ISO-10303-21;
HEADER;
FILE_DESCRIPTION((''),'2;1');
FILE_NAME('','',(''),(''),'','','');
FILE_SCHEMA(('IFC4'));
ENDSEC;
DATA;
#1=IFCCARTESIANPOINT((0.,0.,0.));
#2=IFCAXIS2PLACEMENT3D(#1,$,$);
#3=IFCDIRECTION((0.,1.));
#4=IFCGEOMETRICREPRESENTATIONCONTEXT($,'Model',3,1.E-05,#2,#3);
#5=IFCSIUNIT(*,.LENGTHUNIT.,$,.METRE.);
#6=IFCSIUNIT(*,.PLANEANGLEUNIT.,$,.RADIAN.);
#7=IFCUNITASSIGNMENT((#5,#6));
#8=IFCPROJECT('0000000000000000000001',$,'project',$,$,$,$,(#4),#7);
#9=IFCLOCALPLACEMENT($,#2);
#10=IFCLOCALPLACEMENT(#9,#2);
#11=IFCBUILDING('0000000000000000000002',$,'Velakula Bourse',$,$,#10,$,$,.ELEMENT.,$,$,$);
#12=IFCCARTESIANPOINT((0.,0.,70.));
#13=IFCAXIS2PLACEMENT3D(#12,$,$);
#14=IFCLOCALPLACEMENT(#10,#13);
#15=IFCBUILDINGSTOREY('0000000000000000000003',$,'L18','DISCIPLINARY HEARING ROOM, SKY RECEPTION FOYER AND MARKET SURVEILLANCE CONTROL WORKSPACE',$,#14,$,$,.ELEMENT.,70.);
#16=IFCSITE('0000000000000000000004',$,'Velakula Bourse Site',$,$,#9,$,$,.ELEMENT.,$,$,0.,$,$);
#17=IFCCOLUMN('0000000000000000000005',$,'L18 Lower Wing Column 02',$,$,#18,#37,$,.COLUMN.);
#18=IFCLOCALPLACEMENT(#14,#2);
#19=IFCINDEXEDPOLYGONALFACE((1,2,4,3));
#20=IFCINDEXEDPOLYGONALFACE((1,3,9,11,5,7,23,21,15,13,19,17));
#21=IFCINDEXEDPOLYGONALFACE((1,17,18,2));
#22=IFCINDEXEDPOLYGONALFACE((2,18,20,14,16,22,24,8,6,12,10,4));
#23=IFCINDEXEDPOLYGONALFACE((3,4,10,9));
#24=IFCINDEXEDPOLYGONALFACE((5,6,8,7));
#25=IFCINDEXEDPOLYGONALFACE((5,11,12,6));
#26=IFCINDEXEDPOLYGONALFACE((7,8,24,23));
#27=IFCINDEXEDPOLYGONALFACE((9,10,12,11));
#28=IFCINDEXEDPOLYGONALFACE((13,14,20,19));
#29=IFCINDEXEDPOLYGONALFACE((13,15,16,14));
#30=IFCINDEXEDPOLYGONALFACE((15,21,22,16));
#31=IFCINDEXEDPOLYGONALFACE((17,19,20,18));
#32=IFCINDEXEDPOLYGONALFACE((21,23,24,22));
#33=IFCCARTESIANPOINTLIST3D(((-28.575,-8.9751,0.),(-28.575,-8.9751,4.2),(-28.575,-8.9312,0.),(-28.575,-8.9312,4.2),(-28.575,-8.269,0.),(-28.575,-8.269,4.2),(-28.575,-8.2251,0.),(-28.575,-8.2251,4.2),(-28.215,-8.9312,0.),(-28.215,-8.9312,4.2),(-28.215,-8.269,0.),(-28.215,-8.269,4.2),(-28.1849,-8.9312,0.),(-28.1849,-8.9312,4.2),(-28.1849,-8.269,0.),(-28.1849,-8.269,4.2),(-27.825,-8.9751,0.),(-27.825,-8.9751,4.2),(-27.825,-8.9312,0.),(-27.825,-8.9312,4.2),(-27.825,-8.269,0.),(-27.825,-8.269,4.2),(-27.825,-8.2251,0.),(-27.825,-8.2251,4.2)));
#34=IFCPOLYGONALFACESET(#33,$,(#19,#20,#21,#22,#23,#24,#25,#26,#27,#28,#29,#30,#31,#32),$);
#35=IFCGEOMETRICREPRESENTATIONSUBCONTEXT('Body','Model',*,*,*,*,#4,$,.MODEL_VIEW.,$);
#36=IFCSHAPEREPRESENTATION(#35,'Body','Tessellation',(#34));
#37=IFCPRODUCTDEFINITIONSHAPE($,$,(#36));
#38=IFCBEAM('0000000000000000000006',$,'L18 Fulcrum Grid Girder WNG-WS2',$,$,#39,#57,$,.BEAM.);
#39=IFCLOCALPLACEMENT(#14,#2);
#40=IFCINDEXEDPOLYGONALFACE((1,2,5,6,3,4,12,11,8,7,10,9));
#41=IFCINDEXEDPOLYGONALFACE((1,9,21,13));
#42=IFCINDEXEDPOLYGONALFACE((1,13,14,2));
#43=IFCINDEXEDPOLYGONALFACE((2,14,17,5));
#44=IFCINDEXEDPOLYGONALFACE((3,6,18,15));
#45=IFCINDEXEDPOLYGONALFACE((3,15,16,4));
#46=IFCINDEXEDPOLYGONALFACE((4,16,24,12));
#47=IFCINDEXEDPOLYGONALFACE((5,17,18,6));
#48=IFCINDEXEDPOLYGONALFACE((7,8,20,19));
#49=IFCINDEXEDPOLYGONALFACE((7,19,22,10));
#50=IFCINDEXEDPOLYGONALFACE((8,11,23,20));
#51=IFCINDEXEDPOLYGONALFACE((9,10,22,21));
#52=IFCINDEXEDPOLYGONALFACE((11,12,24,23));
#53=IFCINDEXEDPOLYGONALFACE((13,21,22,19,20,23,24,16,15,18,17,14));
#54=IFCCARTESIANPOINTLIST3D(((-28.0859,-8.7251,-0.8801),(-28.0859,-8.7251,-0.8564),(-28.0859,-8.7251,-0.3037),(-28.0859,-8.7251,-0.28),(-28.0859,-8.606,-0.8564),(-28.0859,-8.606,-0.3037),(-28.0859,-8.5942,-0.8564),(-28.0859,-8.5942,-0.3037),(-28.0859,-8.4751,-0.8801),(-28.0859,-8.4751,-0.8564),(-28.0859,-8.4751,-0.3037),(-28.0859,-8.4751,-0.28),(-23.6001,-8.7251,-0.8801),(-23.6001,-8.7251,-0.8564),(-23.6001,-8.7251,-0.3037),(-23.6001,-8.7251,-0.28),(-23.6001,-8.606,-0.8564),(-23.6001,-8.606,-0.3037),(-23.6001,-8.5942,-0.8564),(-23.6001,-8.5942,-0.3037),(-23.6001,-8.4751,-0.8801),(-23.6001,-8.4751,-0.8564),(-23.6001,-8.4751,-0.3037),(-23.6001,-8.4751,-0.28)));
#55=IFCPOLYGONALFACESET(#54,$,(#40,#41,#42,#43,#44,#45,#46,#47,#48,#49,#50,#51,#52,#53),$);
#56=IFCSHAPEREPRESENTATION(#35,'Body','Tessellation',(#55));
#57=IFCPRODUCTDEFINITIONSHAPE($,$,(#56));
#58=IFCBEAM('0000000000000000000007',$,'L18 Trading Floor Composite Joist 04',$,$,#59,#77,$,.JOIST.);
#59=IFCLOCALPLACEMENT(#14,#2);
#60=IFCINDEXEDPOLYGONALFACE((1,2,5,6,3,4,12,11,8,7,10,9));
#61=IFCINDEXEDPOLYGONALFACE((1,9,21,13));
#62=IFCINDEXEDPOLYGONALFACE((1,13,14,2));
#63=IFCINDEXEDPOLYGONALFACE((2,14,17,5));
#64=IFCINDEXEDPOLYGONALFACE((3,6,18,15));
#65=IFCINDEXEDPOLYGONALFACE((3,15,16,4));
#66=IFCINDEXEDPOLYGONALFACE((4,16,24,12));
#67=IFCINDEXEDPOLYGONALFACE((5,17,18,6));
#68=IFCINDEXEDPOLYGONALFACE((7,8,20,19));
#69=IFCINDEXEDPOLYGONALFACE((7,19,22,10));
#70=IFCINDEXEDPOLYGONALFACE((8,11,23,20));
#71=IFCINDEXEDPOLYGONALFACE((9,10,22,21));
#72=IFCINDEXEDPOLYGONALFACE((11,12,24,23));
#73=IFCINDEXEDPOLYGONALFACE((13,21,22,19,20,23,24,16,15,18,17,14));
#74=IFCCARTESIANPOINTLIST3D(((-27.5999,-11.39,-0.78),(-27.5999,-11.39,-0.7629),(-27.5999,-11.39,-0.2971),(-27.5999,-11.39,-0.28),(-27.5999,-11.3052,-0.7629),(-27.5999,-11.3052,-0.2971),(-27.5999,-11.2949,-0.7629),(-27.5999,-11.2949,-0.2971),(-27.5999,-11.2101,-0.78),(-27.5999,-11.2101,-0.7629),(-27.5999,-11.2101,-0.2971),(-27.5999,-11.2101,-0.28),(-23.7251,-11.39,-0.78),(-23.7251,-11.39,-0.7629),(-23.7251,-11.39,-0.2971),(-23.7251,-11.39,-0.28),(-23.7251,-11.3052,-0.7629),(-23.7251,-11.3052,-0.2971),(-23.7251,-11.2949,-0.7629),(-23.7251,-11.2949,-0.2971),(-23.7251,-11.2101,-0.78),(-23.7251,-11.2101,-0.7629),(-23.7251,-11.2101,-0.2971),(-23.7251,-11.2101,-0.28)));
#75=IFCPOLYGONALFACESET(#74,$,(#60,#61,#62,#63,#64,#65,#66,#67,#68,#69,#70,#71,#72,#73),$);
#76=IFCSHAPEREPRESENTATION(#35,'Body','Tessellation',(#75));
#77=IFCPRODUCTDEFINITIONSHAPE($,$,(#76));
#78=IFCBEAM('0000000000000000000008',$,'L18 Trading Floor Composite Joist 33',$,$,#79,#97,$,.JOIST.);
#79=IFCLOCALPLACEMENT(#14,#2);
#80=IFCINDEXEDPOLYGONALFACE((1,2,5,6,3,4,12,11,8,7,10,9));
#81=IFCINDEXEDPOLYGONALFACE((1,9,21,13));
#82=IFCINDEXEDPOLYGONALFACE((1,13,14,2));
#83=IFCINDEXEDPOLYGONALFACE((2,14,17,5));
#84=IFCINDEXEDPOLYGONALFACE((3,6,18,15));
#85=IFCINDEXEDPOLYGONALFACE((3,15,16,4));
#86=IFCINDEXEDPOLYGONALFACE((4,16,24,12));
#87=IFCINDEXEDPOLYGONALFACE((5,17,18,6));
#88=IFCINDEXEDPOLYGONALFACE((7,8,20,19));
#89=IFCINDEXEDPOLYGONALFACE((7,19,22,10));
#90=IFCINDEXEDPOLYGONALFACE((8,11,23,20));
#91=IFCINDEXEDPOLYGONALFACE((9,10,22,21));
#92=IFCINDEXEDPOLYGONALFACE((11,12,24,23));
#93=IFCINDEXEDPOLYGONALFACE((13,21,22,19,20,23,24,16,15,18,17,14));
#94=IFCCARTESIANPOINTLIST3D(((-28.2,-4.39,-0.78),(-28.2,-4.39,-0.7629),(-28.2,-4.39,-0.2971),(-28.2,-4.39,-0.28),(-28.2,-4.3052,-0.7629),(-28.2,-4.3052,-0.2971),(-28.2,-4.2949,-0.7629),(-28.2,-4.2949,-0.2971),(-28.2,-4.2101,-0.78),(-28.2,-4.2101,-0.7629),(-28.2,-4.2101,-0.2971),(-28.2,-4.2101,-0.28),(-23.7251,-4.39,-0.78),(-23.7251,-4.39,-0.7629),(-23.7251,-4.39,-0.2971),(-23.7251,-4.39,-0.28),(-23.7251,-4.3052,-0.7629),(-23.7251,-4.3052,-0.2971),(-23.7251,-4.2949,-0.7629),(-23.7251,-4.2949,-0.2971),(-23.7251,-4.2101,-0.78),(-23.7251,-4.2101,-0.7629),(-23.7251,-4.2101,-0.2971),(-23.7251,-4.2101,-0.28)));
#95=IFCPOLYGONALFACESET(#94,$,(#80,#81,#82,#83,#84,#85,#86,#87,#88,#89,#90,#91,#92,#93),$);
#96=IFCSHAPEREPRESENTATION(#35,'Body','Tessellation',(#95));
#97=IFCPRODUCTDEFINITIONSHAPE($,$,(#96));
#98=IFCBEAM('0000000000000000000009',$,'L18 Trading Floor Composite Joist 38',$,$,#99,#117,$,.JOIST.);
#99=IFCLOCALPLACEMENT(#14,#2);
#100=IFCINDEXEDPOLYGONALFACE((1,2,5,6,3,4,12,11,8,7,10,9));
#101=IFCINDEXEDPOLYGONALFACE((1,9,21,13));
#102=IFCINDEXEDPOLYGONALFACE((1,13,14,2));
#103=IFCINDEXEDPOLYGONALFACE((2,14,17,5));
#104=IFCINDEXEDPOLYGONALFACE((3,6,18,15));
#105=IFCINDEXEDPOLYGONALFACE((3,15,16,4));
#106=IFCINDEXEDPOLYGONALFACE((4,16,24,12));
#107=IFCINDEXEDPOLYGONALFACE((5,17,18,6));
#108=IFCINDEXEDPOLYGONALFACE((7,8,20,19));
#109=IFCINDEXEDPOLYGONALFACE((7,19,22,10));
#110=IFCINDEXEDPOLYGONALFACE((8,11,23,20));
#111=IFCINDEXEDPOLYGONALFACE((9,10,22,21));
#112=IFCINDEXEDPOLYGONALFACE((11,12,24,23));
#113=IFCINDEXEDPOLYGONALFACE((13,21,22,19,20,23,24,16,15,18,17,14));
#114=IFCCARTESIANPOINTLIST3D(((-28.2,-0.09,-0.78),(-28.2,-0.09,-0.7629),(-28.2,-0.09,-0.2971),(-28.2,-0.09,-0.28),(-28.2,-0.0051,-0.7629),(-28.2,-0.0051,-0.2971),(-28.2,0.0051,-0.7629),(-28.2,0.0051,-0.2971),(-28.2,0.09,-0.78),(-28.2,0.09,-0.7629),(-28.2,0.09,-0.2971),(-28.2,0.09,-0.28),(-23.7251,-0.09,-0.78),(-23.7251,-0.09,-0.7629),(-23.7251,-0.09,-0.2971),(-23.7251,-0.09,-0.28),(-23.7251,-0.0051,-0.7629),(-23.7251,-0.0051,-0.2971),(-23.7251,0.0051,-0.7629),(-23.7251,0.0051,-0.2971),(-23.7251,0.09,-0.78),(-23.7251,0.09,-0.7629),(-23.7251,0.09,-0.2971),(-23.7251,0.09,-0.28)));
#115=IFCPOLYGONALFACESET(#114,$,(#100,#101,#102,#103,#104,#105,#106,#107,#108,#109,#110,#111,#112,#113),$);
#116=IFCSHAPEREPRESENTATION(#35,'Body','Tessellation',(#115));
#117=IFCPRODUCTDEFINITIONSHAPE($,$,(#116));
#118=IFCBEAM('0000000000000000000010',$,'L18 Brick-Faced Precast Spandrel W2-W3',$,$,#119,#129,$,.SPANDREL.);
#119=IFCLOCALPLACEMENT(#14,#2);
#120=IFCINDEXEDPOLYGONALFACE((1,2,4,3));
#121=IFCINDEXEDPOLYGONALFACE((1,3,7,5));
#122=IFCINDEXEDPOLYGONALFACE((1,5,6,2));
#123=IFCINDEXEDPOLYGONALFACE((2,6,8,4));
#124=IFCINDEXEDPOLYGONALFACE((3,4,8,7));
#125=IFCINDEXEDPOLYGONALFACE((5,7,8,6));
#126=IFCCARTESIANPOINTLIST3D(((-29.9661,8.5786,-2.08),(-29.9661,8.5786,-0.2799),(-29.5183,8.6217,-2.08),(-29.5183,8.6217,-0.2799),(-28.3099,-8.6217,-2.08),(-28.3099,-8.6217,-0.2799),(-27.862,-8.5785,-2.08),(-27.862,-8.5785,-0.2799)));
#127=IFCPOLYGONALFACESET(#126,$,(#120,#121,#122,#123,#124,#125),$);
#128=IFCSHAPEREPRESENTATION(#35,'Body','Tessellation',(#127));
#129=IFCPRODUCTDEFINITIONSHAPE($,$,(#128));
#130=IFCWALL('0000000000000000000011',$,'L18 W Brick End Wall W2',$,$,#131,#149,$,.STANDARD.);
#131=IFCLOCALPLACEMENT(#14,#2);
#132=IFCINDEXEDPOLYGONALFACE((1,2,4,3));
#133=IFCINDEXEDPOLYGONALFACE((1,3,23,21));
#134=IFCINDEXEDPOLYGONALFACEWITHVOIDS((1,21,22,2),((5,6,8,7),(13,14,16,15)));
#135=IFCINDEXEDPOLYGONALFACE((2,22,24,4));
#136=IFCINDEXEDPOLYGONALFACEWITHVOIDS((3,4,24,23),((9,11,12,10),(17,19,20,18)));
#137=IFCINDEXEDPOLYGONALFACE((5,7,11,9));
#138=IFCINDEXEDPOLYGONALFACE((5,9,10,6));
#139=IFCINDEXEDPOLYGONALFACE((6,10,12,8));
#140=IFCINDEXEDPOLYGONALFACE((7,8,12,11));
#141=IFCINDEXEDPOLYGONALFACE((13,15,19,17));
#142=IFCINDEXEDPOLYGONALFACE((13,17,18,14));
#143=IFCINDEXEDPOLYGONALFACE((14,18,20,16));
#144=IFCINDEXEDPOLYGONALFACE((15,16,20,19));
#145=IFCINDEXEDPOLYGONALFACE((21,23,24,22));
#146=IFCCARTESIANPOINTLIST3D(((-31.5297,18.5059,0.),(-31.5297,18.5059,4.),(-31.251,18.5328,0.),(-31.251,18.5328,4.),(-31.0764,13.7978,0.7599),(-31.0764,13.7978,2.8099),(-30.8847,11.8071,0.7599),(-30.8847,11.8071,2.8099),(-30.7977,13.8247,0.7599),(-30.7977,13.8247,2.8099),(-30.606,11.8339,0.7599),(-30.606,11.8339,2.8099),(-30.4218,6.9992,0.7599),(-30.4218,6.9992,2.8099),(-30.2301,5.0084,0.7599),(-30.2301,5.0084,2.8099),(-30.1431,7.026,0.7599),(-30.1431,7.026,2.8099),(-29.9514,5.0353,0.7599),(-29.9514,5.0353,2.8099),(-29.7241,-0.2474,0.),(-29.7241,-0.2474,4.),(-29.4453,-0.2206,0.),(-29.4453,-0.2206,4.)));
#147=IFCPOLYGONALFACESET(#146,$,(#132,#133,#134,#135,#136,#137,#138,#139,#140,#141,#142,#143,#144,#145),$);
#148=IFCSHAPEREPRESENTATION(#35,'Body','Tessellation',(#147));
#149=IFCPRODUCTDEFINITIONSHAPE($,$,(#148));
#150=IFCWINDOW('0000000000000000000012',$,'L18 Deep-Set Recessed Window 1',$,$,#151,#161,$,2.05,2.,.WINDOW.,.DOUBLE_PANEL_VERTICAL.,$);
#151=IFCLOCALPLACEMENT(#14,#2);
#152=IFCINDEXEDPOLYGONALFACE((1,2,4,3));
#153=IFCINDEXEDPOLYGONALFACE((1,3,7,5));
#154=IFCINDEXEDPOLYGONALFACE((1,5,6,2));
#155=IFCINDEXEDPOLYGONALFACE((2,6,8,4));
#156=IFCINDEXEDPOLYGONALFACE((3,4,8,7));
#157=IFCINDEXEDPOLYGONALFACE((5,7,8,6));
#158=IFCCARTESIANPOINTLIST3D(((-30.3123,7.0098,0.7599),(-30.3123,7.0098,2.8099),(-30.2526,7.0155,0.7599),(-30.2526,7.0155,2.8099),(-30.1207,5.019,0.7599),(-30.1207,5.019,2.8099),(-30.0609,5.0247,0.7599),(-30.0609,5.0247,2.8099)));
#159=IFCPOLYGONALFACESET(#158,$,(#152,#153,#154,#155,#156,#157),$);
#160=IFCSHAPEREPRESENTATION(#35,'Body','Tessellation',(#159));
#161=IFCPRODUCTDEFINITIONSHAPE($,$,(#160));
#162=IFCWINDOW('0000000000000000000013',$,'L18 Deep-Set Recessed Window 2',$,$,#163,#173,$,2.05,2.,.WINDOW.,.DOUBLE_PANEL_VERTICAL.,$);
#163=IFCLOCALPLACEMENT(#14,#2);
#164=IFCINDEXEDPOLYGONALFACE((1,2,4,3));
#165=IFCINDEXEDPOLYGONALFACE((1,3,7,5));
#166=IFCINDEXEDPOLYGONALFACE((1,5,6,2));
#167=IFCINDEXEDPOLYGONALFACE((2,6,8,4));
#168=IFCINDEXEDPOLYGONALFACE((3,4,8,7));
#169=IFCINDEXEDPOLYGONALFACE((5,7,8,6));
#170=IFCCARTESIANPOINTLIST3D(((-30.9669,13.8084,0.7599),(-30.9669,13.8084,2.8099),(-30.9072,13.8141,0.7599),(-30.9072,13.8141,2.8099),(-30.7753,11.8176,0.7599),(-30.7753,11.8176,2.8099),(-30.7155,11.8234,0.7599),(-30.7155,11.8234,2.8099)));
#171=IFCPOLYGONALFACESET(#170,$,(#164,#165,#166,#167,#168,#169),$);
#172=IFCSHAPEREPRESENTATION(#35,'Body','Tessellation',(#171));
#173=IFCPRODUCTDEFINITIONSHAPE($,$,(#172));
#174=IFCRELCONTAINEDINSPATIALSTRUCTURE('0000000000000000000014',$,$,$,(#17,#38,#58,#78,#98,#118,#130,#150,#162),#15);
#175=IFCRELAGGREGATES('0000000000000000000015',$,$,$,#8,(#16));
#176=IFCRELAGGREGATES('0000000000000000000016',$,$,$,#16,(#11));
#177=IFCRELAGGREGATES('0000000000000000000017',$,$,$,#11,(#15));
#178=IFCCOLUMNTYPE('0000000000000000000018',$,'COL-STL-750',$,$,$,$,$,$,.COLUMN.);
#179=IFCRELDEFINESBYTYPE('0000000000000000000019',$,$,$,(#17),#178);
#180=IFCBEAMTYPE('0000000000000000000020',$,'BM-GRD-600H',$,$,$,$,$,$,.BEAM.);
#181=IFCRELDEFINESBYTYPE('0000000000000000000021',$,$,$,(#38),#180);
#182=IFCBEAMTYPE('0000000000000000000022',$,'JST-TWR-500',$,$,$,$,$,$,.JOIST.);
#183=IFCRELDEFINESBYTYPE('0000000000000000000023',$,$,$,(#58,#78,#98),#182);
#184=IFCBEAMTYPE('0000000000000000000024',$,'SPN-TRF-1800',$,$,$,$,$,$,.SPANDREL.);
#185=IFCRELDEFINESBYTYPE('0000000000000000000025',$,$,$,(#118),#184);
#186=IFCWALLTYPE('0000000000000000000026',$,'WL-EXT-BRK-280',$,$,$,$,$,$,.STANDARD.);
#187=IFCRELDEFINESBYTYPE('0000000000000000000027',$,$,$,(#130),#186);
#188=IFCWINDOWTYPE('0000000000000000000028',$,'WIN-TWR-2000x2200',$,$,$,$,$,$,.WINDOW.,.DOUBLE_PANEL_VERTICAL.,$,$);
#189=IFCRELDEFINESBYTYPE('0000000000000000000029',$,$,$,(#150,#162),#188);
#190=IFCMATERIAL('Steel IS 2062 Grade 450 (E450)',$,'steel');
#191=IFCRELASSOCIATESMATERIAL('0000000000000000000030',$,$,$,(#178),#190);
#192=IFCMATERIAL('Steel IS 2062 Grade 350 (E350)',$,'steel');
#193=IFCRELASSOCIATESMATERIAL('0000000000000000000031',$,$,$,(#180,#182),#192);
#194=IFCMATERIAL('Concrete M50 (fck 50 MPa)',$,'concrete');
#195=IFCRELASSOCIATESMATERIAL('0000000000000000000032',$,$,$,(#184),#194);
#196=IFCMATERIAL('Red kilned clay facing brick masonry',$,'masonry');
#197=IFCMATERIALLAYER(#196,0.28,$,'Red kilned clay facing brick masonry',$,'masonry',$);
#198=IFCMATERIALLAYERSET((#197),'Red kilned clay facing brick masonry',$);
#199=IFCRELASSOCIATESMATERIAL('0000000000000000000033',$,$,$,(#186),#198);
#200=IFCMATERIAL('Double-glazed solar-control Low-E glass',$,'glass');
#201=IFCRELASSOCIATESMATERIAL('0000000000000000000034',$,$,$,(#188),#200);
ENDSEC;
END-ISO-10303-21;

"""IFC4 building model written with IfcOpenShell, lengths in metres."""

from ifc_helpers import new_model, si_unit, direction, frame, frame_2d, origin, origin_2d, place, context, subcontext, project, spatial, rectangle, i_section, extrude, material, layer, layer_set, material_profile, profile_set, type_object, element, fill, save


model = new_model("IFC4")

# Units and contexts
model_context = context("Model", 3, precision=1e-05, world=origin(), true_north=direction((0.0, 1.0)))
body_context = subcontext(model_context, "Body", "Model", "MODEL_VIEW")
ifc_project = project(units=[si_unit("LENGTHUNIT", "METRE"), si_unit("PLANEANGLEUNIT", "RADIAN")], contexts=[model_context])

# Site, building, storey
site_placement = place(None, origin())
site = spatial("IfcSite", under=ifc_project, at=site_placement, Name="Velakula Bourse Site", CompositionType="ELEMENT", RefElevation=0.0)
building_placement = place(site_placement, origin())
building = spatial("IfcBuilding", under=site, at=building_placement, Name="Velakula Bourse", CompositionType="ELEMENT")
storey_placement = place(building_placement, frame((0.0, 0.0, 70.0)))
storey = spatial("IfcBuildingStorey", under=building, at=storey_placement, Name="L18", Description="DISCIPLINARY HEARING ROOM, SKY RECEPTION FOYER AND MARKET SURVEILLANCE CONTROL WORKSPACE", CompositionType="ELEMENT", Elevation=70.0)

# Column
ifc_material_1 = material(Name="Steel IS 2062 Grade 450 (E450)", Category="steel")
ifc_material_profile_1 = material_profile(ifc_material_1, i_section(OverallWidth=0.75, OverallDepth=0.75, WebThickness=0.03, FlangeThickness=0.0439, at=origin_2d()), Name="Steel IS 2062 Grade 450 (E450)")
ifc_profile_set_1 = profile_set([ifc_material_profile_1], Name="Steel IS 2062 Grade 450 (E450)")
column_type = type_object("IfcColumnType", Name="COL-STL-750", PredefinedType="COLUMN", material=ifc_profile_set_1)
column_placement = place(storey_placement, frame((-28.2, -8.6001, 0.0), z_axis=(0.0, 0.0, 1.0), x_axis=(1.0, 0.0, 0.0)))
element("IfcColumn", 1, at=column_placement, inside=storey, type_object=column_type, Name="L18 Lower Wing Column 02", PredefinedType="COLUMN", context=body_context, shape_type="SweptSolid", body=[
    extrude(i_section(OverallWidth=0.75, OverallDepth=0.75, WebThickness=0.03, FlangeThickness=0.0439, at=origin_2d()), origin(), (0.0, 0.0, 1.0), 4.2),
])

# Beams
ifc_material_2 = material(Name="Steel IS 2062 Grade 350 (E350)", Category="steel")
ifc_material_profile_2 = material_profile(ifc_material_2, i_section(OverallWidth=0.25, OverallDepth=0.6001, WebThickness=0.0117, FlangeThickness=0.0237, at=origin_2d()), Name="Steel IS 2062 Grade 350 (E350)")
ifc_profile_set_2 = profile_set([ifc_material_profile_2], Name="Steel IS 2062 Grade 350 (E350)")
beam_type_1 = type_object("IfcBeamType", Name="BM-GRD-600H", PredefinedType="BEAM", material=ifc_profile_set_2)
beam_1_placement = place(storey_placement, frame((-28.0859, -8.6001, -0.5801), z_axis=(1.0, 0.0, 0.0), x_axis=(0.0, 1.0, 0.0)))
element("IfcBeam", 2, at=beam_1_placement, inside=storey, type_object=beam_type_1, Name="L18 Fulcrum Grid Girder WNG-WS2", PredefinedType="BEAM", context=body_context, shape_type="SweptSolid", body=[
    extrude(i_section(OverallWidth=0.25, OverallDepth=0.6001, WebThickness=0.0117, FlangeThickness=0.0237, at=origin_2d()), origin(), (0.0, 0.0, 1.0), 4.4858),
])
ifc_material_profile_3 = material_profile(ifc_material_2, i_section(OverallWidth=0.1799, OverallDepth=0.5, WebThickness=0.0103, FlangeThickness=0.0171, at=origin_2d()), Name="Steel IS 2062 Grade 350 (E350)")
ifc_profile_set_3 = profile_set([ifc_material_profile_3], Name="Steel IS 2062 Grade 350 (E350)")
beam_type_2 = type_object("IfcBeamType", Name="JST-TWR-500", PredefinedType="JOIST", material=ifc_profile_set_3)
beam_2_placement = place(storey_placement, frame((-27.5999, -11.3, -0.53), z_axis=(1.0, 0.0, 0.0), x_axis=(0.0, 1.0, 0.0)))
element("IfcBeam", 3, at=beam_2_placement, inside=storey, type_object=beam_type_2, Name="L18 Trading Floor Composite Joist 04", PredefinedType="JOIST", context=body_context, shape_type="SweptSolid", body=[
    extrude(i_section(OverallWidth=0.1799, OverallDepth=0.5, WebThickness=0.0103, FlangeThickness=0.0171, at=origin_2d()), origin(), (0.0, 0.0, 1.0), 3.8748),
])
for number, where, z_axis, x_axis, name in (
    (4, (-28.2, -4.3, -0.53), (1.0, 0.0, 0.0), (0.0, 1.0, 0.0), "L18 Trading Floor Composite Joist 33"),
    (5, (-28.2, 0.0, -0.53), (1.0, 0.0, 0.0), (0.0, 1.0, 0.0), "L18 Trading Floor Composite Joist 38"),
):
    element("IfcBeam", number, at=place(storey_placement, frame(where, z_axis=z_axis, x_axis=x_axis)), inside=storey, type_object=beam_type_2, Name=name, PredefinedType="JOIST", context=body_context, shape_type="SweptSolid", body=[
        extrude(i_section(OverallWidth=0.1799, OverallDepth=0.5, WebThickness=0.0103, FlangeThickness=0.0171, at=origin_2d()), origin(), (0.0, 0.0, 1.0), 4.4749),
    ])
ifc_material_3 = material(Name="Concrete M50 (fck 50 MPa)", Category="concrete")
ifc_material_profile_4 = material_profile(ifc_material_3, rectangle(XDim=0.45, YDim=1.8, at=origin_2d()), Name="Concrete M50 (fck 50 MPa)")
ifc_profile_set_4 = profile_set([ifc_material_profile_4], Name="Concrete M50 (fck 50 MPa)")
beam_type_3 = type_object("IfcBeamType", Name="SPN-TRF-1800", PredefinedType="SPANDREL", material=ifc_profile_set_4)
beam_3_placement = place(storey_placement, frame((-28.0859, -8.6001, -1.1799), z_axis=(-0.095849, 0.995396, 0.0), x_axis=(-0.995396, -0.095849, 0.0)))
element("IfcBeam", 6, at=beam_3_placement, inside=storey, type_object=beam_type_3, Name="L18 Brick-Faced Precast Spandrel W2-W3", PredefinedType="SPANDREL", context=body_context, shape_type="SweptSolid", body=[
    extrude(rectangle(XDim=0.45, YDim=1.8, at=origin_2d()), origin(), (0.0, 0.0, 1.0), 17.2798),
])

# Wall, openings, windows
ifc_material_4 = material(Name="Red kilned clay facing brick masonry", Category="masonry")
ifc_layer_1 = layer(ifc_material_4, 0.28, Name="Red kilned clay facing brick masonry", Category="masonry")
ifc_layer_set_1 = layer_set([ifc_layer_1], Name="Red kilned clay facing brick masonry")
wall_type_1 = type_object("IfcWallType", Name="WL-EXT-BRK-280", PredefinedType="STANDARD", material=ifc_layer_set_1)
wall_1_placement = place(storey_placement, frame((-29.5847, -0.2339, 0.0), z_axis=(0.0, 0.0, 1.0), x_axis=(-0.095841, 0.995397, 0.0)))
wall_1 = element("IfcWall", 7, at=wall_1_placement, inside=storey, type_object=wall_type_1, Name="L18 W Brick End Wall W2", PredefinedType="STANDARD", context=body_context, shape_type="SweptSolid", body=[
    extrude(rectangle(XDim=18.8401, YDim=0.28, at=frame_2d((9.4199, 0.0))), origin(), (0.0, 0.0, 1.0), 4.0),
])
opening_1_placement = place(wall_1_placement, frame((5.28, 0.0, 0.76)))
opening_1 = element("IfcOpeningElement", 8, at=opening_1_placement, cuts=wall_1, PredefinedType="OPENING", context=body_context, shape_type="SweptSolid", body=[
    extrude(rectangle(XDim=2.0, YDim=2.05, at=frame_2d((1.0, 1.0249))), frame((0.0, 0.1499, 0.0), z_axis=(0.0, -1.0, 0.0), x_axis=(1.0, 0.0, 0.0)), (0.0, 0.0, 1.0), 0.3),
])
opening_2_placement = place(wall_1_placement, frame((12.1101, 0.0, 0.76)))
opening_2 = element("IfcOpeningElement", 9, at=opening_2_placement, cuts=wall_1, PredefinedType="OPENING", context=body_context, shape_type="SweptSolid", body=[
    extrude(rectangle(XDim=2.0, YDim=2.05, at=frame_2d((1.0, 1.0249))), frame((0.0, 0.1499, 0.0), z_axis=(0.0, -1.0, 0.0), x_axis=(1.0, 0.0, 0.0)), (0.0, 0.0, 1.0), 0.3),
])
ifc_material_5 = material(Name="Double-glazed solar-control Low-E glass", Category="glass")
window_type = type_object("IfcWindowType", Name="WIN-TWR-2000x2200", PartitioningType="DOUBLE_PANEL_VERTICAL", PredefinedType="WINDOW", material=ifc_material_5)
window_1_placement = place(opening_1_placement, origin())
window_1 = element("IfcWindow", 10, at=window_1_placement, inside=storey, type_object=window_type, Name="L18 Deep-Set Recessed Window 1", OverallHeight=2.05, OverallWidth=2.0, PartitioningType="DOUBLE_PANEL_VERTICAL", PredefinedType="WINDOW", context=body_context, shape_type="SweptSolid", body=[
    extrude(rectangle(XDim=2.0, YDim=2.05, at=frame_2d((1.0, 1.0249))), frame((0.0, 0.03, 0.0), z_axis=(0.0, -1.0, 0.0), x_axis=(1.0, 0.0, 0.0)), (0.0, 0.0, 1.0), 0.0601),
])
fill(opening_1, window_1)
window_2_placement = place(opening_2_placement, origin())
window_2 = element("IfcWindow", 11, at=window_2_placement, inside=storey, type_object=window_type, Name="L18 Deep-Set Recessed Window 2", OverallHeight=2.05, OverallWidth=2.0, PartitioningType="DOUBLE_PANEL_VERTICAL", PredefinedType="WINDOW", context=body_context, shape_type="SweptSolid", body=[
    extrude(rectangle(XDim=2.0, YDim=2.05, at=frame_2d((1.0, 1.0249))), frame((0.0, 0.03, 0.0), z_axis=(0.0, -1.0, 0.0), x_axis=(1.0, 0.0, 0.0)), (0.0, 0.0, 1.0), 0.0601),
])
fill(opening_2, window_2)

save(model, "model.ifc")
